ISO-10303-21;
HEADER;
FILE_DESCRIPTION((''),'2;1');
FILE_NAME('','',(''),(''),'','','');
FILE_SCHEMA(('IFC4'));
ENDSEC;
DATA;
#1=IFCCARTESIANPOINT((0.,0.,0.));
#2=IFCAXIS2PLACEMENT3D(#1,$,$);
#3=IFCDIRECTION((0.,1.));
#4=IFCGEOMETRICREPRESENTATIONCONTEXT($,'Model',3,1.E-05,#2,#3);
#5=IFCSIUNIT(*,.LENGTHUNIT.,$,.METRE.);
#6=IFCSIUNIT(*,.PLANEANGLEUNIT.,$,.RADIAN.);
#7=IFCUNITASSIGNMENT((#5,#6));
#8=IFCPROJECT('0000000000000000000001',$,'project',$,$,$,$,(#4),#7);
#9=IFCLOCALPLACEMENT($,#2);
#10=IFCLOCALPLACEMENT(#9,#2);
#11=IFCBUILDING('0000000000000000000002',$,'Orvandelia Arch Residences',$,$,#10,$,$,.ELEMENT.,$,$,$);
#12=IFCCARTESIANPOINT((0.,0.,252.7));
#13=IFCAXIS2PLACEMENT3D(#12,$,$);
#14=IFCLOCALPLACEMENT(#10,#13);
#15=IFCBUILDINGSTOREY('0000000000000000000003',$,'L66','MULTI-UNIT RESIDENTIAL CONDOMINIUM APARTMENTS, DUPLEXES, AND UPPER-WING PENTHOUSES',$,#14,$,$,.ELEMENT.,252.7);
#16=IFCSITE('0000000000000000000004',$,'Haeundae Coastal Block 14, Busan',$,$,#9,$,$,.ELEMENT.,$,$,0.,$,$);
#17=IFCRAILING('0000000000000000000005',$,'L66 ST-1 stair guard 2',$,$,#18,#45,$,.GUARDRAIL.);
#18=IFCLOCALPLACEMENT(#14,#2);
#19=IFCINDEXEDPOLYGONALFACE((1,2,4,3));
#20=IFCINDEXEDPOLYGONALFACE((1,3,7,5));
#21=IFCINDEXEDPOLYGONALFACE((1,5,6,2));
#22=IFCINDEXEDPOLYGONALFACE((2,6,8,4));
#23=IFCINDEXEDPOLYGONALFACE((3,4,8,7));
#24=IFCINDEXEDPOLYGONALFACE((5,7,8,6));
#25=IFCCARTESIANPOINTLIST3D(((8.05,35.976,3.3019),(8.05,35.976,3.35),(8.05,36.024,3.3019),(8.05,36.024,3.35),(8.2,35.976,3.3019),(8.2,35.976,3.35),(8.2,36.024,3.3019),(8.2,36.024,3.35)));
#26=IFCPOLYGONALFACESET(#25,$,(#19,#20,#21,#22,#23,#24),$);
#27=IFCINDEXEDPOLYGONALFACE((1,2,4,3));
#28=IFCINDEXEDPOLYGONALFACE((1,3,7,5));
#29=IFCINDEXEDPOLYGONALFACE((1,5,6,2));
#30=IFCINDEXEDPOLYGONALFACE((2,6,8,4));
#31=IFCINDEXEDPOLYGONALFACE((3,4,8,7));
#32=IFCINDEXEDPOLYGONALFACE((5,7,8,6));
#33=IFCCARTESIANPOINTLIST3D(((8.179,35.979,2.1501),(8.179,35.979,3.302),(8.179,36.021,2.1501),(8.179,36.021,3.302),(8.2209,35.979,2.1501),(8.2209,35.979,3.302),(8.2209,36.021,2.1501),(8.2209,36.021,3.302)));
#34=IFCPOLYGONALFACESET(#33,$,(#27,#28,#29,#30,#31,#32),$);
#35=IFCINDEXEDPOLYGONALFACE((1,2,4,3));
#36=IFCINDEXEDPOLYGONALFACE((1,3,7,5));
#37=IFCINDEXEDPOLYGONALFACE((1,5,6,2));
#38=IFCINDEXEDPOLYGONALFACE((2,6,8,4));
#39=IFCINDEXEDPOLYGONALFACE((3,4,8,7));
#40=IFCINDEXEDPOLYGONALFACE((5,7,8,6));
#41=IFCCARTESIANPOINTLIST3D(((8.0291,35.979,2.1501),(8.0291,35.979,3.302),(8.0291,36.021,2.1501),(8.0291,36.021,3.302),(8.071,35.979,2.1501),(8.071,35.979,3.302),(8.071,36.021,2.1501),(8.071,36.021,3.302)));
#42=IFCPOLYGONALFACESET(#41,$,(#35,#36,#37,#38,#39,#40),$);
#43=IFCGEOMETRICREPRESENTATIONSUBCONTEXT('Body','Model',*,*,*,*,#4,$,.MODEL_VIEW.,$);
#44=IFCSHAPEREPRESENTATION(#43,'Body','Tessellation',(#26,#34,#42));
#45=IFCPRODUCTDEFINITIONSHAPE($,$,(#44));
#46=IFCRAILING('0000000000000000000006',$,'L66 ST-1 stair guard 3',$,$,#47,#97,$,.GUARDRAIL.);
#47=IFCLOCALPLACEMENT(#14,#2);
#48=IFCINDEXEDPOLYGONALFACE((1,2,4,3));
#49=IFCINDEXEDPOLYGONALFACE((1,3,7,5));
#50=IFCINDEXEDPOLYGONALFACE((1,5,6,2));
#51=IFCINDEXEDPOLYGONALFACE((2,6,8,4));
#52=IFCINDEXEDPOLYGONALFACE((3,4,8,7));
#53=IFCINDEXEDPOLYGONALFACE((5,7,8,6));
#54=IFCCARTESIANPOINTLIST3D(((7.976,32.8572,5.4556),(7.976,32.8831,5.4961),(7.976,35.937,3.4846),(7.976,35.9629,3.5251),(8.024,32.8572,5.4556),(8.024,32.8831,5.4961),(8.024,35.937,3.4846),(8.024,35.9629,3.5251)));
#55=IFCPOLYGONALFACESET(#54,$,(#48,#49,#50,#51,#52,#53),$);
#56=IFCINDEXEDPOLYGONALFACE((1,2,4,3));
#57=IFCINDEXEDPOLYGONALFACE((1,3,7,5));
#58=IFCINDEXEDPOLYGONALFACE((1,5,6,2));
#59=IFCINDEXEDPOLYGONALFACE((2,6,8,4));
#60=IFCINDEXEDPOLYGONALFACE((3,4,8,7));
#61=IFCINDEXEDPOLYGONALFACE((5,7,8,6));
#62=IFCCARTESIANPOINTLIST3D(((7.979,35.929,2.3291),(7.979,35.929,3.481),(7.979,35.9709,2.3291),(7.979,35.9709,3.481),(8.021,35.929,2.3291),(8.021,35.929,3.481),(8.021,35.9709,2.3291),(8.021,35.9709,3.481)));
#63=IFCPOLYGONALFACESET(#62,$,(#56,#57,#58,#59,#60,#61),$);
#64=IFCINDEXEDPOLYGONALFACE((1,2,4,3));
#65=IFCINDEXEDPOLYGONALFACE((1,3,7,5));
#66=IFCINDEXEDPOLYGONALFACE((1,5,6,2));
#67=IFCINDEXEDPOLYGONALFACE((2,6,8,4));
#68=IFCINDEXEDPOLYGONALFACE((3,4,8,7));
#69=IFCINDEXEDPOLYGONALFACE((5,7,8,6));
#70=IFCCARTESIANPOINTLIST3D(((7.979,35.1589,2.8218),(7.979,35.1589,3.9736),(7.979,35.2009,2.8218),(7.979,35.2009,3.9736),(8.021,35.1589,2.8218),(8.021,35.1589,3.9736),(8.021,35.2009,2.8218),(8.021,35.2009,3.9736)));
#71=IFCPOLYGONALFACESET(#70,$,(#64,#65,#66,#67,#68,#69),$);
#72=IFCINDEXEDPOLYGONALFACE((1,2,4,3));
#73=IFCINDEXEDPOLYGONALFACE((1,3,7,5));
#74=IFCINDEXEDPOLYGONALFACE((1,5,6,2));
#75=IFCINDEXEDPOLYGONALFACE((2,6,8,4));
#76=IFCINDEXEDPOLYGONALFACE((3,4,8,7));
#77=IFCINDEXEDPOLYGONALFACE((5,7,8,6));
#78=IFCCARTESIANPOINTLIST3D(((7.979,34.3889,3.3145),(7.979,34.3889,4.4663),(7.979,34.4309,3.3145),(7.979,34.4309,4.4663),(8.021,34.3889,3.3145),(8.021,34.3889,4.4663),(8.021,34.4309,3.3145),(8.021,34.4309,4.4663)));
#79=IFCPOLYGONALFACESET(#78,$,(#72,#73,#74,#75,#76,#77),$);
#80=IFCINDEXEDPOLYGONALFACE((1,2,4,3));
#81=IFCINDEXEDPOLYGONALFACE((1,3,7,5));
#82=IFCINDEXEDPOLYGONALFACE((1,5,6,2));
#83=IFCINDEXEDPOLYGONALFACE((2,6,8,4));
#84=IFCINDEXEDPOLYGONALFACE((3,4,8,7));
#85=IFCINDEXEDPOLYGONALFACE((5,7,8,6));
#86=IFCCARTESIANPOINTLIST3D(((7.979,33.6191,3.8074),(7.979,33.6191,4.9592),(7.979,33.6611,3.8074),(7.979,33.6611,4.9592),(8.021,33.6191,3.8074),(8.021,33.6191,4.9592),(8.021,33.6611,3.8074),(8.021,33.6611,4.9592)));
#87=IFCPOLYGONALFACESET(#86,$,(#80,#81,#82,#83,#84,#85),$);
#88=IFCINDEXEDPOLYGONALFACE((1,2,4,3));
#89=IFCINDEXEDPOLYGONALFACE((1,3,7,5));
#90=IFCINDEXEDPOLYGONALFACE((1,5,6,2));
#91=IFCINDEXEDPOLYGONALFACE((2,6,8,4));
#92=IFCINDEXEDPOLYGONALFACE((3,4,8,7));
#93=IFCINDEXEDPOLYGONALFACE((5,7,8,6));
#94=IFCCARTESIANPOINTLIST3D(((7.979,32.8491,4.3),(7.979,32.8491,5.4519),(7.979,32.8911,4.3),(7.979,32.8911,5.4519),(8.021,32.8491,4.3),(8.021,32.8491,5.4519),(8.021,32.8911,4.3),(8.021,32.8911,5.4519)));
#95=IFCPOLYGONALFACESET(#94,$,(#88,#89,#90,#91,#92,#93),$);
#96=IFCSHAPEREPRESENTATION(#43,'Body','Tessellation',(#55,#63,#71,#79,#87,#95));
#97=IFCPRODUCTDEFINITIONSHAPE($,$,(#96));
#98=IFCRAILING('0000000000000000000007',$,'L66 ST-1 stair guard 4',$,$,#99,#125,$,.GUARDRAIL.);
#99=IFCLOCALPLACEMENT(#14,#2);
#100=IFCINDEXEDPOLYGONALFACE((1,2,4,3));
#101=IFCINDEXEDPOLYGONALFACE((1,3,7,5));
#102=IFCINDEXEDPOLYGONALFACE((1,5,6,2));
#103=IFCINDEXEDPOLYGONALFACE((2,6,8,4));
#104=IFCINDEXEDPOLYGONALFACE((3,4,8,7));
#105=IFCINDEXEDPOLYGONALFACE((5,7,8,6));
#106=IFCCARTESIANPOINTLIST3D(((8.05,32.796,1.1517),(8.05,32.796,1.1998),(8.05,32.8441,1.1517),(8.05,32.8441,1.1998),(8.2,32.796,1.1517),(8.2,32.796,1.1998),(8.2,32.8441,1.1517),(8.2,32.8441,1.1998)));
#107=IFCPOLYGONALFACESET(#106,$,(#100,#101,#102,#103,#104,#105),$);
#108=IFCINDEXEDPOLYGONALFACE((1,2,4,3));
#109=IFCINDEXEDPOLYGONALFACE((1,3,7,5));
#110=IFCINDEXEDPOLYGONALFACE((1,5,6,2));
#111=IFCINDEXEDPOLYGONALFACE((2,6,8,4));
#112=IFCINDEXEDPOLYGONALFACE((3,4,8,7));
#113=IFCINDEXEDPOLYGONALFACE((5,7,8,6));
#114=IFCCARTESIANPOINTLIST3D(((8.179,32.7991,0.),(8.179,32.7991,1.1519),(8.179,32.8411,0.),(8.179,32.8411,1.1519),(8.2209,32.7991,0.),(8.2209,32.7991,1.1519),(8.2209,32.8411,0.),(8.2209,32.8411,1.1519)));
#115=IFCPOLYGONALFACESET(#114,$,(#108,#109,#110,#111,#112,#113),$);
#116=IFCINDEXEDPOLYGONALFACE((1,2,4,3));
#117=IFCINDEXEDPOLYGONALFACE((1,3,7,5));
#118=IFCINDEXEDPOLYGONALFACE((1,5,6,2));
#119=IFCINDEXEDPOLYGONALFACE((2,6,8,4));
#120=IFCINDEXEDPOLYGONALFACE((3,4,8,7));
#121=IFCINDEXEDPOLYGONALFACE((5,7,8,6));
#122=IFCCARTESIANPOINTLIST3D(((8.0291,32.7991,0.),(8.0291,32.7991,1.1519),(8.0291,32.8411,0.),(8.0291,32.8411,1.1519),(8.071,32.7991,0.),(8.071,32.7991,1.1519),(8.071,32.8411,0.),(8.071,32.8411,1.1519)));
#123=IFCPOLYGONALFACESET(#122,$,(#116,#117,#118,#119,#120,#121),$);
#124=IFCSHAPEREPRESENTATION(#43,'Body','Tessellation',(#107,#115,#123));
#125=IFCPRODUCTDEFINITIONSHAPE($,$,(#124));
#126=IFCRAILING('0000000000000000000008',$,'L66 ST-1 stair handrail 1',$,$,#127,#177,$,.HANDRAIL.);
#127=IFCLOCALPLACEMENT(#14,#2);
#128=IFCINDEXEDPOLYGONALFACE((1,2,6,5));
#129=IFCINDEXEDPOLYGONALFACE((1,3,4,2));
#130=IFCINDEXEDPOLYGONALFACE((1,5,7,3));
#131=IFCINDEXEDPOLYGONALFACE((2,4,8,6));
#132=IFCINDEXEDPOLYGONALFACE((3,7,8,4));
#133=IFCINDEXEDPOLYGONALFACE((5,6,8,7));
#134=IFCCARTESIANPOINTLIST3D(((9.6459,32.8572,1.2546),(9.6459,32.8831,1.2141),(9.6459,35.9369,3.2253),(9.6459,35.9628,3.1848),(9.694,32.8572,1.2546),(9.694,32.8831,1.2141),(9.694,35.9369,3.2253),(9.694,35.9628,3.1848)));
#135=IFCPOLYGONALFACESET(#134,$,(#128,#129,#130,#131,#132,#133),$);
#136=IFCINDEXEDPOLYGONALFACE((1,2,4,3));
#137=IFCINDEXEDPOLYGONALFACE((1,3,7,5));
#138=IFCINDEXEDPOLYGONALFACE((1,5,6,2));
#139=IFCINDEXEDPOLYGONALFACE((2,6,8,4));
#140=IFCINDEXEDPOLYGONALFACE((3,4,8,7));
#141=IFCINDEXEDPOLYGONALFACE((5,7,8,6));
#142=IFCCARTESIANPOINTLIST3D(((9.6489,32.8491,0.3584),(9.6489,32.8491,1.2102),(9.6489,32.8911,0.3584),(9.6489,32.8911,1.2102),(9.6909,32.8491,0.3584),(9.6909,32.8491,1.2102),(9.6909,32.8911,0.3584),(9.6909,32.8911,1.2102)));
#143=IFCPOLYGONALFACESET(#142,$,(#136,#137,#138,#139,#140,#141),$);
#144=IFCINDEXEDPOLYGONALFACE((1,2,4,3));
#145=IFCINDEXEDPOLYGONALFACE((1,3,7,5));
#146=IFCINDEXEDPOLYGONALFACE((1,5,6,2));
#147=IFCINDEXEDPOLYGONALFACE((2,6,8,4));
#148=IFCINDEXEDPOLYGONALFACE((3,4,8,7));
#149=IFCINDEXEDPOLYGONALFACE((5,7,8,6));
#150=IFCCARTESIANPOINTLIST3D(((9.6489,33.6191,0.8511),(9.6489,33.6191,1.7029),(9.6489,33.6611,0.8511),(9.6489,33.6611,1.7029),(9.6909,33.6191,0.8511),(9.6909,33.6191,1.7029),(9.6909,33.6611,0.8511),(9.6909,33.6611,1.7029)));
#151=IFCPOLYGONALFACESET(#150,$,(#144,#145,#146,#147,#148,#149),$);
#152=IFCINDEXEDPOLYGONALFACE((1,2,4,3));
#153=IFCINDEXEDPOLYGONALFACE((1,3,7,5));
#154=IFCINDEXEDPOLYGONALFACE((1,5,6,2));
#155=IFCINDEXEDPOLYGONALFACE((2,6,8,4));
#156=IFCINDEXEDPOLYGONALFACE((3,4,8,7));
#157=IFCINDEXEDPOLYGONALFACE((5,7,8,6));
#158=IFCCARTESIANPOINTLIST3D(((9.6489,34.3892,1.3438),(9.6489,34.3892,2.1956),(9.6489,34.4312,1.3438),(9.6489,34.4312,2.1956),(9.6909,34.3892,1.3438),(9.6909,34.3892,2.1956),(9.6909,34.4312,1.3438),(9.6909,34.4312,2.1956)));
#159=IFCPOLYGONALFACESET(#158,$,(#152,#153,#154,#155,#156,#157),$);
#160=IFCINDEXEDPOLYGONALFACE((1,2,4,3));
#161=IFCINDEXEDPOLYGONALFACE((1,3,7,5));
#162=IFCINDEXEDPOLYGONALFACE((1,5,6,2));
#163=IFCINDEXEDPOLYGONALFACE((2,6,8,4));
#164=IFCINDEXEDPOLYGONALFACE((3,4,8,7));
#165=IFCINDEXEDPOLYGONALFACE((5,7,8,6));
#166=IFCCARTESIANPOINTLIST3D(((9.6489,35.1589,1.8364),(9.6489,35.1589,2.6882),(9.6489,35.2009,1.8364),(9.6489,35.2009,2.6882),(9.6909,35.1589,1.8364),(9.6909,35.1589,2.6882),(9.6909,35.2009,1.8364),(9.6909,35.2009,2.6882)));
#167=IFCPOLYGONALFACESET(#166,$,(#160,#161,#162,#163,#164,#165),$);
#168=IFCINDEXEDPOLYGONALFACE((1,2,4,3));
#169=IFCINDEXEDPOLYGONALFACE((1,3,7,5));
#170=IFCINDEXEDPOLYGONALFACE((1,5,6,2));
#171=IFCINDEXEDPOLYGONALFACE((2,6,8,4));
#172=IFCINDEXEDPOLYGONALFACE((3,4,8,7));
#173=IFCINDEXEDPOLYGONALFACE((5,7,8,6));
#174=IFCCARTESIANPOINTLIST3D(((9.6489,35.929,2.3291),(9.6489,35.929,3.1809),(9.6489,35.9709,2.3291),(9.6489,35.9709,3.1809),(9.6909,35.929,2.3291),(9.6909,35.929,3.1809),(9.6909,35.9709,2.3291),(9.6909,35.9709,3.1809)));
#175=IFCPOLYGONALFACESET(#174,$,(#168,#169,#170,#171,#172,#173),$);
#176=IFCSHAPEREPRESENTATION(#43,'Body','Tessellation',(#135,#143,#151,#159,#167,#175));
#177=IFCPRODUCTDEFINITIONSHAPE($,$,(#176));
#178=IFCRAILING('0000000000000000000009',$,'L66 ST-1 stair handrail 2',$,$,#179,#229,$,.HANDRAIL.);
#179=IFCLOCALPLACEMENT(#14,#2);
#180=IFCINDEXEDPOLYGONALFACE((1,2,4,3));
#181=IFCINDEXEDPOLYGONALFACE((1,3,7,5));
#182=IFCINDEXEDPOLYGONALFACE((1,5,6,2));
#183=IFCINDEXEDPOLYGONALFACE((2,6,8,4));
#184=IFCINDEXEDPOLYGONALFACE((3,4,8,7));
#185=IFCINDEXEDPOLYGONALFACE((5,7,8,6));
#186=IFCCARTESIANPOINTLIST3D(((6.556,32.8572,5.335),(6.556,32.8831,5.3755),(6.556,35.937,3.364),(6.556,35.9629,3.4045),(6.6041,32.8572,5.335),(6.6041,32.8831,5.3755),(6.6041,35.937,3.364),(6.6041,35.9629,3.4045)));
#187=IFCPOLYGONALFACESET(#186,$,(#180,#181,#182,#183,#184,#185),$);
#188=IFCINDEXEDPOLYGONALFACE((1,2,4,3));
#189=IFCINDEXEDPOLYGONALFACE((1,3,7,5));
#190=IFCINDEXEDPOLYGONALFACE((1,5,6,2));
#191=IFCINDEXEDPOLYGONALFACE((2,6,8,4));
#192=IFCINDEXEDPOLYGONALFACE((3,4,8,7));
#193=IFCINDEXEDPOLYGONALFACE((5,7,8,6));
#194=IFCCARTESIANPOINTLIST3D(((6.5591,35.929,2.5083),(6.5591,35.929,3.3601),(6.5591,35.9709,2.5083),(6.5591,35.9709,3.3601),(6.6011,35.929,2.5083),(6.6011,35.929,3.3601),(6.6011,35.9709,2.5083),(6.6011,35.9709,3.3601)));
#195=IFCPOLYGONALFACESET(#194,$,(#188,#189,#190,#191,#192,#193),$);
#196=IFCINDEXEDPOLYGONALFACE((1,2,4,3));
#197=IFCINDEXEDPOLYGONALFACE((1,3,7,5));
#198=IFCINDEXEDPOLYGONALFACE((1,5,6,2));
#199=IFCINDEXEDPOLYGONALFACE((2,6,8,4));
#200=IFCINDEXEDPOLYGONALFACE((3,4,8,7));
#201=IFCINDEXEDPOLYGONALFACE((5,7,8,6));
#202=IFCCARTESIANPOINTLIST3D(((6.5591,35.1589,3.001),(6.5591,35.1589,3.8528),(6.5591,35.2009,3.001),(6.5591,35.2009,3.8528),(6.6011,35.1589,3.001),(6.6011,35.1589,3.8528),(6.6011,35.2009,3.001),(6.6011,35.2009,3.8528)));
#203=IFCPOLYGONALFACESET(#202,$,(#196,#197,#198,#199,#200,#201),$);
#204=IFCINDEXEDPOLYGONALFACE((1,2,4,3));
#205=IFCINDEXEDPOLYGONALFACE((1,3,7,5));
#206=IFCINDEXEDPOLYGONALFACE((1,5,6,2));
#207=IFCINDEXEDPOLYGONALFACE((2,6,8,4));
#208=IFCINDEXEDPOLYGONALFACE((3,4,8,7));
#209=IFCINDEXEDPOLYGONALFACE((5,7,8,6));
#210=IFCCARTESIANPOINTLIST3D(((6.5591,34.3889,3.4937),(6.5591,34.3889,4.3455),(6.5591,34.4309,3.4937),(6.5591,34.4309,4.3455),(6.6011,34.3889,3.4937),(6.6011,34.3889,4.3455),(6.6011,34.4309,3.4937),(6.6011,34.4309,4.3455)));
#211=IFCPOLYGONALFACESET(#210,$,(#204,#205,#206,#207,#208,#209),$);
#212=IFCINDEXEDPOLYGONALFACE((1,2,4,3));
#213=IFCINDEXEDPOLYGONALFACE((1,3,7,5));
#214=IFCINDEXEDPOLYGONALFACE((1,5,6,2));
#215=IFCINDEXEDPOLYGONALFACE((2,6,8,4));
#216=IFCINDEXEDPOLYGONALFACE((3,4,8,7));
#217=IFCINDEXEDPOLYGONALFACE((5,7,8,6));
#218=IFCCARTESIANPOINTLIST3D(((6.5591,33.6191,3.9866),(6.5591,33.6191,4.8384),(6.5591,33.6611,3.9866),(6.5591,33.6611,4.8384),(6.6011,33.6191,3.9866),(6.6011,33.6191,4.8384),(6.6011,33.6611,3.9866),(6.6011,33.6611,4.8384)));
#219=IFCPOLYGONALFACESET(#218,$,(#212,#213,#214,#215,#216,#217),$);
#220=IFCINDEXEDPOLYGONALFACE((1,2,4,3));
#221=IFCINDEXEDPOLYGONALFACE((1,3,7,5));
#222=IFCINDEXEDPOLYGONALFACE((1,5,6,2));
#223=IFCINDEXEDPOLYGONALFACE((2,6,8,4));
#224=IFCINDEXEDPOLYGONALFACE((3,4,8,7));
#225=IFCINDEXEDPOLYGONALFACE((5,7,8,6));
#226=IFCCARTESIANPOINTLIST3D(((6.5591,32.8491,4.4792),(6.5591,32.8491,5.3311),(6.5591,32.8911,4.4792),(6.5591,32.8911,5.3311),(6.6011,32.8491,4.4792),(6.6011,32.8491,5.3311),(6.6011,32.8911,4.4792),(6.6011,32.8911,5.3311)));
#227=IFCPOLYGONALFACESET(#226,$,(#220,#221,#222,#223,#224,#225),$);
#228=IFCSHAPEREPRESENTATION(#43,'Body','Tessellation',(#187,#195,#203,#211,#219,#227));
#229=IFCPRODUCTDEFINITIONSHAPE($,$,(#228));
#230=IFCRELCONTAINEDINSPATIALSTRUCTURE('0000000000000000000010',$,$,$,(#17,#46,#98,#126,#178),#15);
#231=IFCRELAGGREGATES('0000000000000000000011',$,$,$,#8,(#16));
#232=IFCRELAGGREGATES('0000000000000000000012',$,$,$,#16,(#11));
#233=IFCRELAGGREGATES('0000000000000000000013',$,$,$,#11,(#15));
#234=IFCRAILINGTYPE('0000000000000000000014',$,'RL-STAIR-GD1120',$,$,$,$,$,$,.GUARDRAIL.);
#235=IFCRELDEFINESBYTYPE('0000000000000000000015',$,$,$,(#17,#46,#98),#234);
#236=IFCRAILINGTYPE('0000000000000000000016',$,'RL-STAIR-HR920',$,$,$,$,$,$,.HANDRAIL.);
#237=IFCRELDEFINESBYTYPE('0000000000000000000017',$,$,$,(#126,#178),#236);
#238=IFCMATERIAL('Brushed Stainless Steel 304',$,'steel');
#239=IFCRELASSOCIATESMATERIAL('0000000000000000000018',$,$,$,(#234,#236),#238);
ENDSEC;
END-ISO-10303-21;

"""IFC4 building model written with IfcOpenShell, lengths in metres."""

from ifc_helpers import new_model, si_unit, direction, frame, origin, origin_2d, place, context, subcontext, project, spatial, rectangle, extrude, material, type_object, element, save


model = new_model("IFC4")

# Units and contexts
model_context = context("Model", 3, precision=1e-05, world=origin(), true_north=direction((0.0, 1.0)))
body_context = subcontext(model_context, "Body", "Model", "MODEL_VIEW")
ifc_project = project(units=[si_unit("LENGTHUNIT", "METRE"), si_unit("PLANEANGLEUNIT", "RADIAN")], contexts=[model_context])

# Site, building, storey
site_placement = place(None, origin())
site = spatial("IfcSite", under=ifc_project, at=site_placement, Name="Haeundae Coastal Block 14, Busan", CompositionType="ELEMENT", RefElevation=0.0)
building_placement = place(site_placement, origin())
building = spatial("IfcBuilding", under=site, at=building_placement, Name="Orvandelia Arch Residences", CompositionType="ELEMENT")
storey_placement = place(building_placement, frame((0.0, 0.0, 252.7)))
storey = spatial("IfcBuildingStorey", under=building, at=storey_placement, Name="L66", Description="MULTI-UNIT RESIDENTIAL CONDOMINIUM APARTMENTS, DUPLEXES, AND UPPER-WING PENTHOUSES", CompositionType="ELEMENT", Elevation=252.7)

# Railings
ifc_material_1 = material(Name="Brushed Stainless Steel 304", Category="steel")
railing_type_1 = type_object("IfcRailingType", Name="RL-STAIR-GD1120", PredefinedType="GUARDRAIL", material=ifc_material_1)
railing_1_placement = place(storey_placement, frame((8.2, 36.0, 2.1501)))
element("IfcRailing", 1, at=railing_1_placement, inside=storey, type_object=railing_type_1, Name="L66 ST-1 stair guard 2", PredefinedType="GUARDRAIL", context=body_context, shape_type="SweptSolid", body=[
    extrude(rectangle(XDim=0.0481, YDim=0.0481, at=origin_2d()), frame((0.0, 0.0, 1.1758), z_axis=(-1.0, 0.0, 0.0), x_axis=(0.0, -1.0, 0.0)), (0.0, 0.0, 1.0), 0.1499),
    extrude(rectangle(XDim=0.042, YDim=0.042, at=origin_2d()), origin(), (0.0, 0.0, 1.0), 1.1519),
    extrude(rectangle(XDim=0.042, YDim=0.042, at=origin_2d()), frame((-0.1499, 0.0, 0.0)), (0.0, 0.0, 1.0), 1.1519),
])
railing_2_placement = place(storey_placement, frame((8.0, 35.95, 2.3291)))
element("IfcRailing", 2, at=railing_2_placement, inside=storey, type_object=railing_type_1, Name="L66 ST-1 stair guard 3", PredefinedType="GUARDRAIL", context=body_context, shape_type="SweptSolid", body=[
    extrude(rectangle(XDim=0.0481, YDim=0.0481, at=origin_2d()), frame((0.0, 0.0, 1.1758), z_axis=(0.0, -0.84229, 0.539025), x_axis=(1.0, 0.0, 0.0)), (0.0, 0.0, 1.0), 3.6565),
    extrude(rectangle(XDim=0.042, YDim=0.042, at=origin_2d()), origin(), (0.0, 0.0, 1.0), 1.1519),
    extrude(rectangle(XDim=0.042, YDim=0.042, at=origin_2d()), frame((0.0, -0.77, 0.4927)), (0.0, 0.0, 1.0), 1.1519),
    extrude(rectangle(XDim=0.042, YDim=0.042, at=origin_2d()), frame((0.0, -1.54, 0.9854)), (0.0, 0.0, 1.0), 1.1519),
    extrude(rectangle(XDim=0.042, YDim=0.042, at=origin_2d()), frame((0.0, -2.3098, 1.4783)), (0.0, 0.0, 1.0), 1.1519),
    extrude(rectangle(XDim=0.042, YDim=0.042, at=origin_2d()), frame((0.0, -3.0798, 1.9709)), (0.0, 0.0, 1.0), 1.1519),
])
railing_3_placement = place(storey_placement, frame((8.2, 32.8201, 0.0)))
element("IfcRailing", 3, at=railing_3_placement, inside=storey, type_object=railing_type_1, Name="L66 ST-1 stair guard 4", PredefinedType="GUARDRAIL", context=body_context, shape_type="SweptSolid", body=[
    extrude(rectangle(XDim=0.0481, YDim=0.0481, at=origin_2d()), frame((0.0, 0.0, 1.1758), z_axis=(-1.0, 0.0, 0.0), x_axis=(0.0, -1.0, 0.0)), (0.0, 0.0, 1.0), 0.1499),
    extrude(rectangle(XDim=0.042, YDim=0.042, at=origin_2d()), origin(), (0.0, 0.0, 1.0), 1.1519),
    extrude(rectangle(XDim=0.042, YDim=0.042, at=origin_2d()), frame((-0.1499, 0.0, 0.0)), (0.0, 0.0, 1.0), 1.1519),
])
railing_type_2 = type_object("IfcRailingType", Name="RL-STAIR-HR920", PredefinedType="HANDRAIL", material=ifc_material_1)
railing_4_placement = place(storey_placement, frame((9.6699, 32.8701, 0.3584)))
element("IfcRailing", 4, at=railing_4_placement, inside=storey, type_object=railing_type_2, Name="L66 ST-1 stair handrail 1", PredefinedType="HANDRAIL", context=body_context, shape_type="SweptSolid", body=[
    extrude(rectangle(XDim=0.0481, YDim=0.0481, at=origin_2d()), frame((0.0, 0.0, 0.876), z_axis=(0.0, 0.84232, 0.538978), x_axis=(-1.0, 0.0, 0.0)), (0.0, 0.0, 1.0), 3.6562),
    extrude(rectangle(XDim=0.042, YDim=0.042, at=origin_2d()), origin(), (0.0, 0.0, 1.0), 0.8518),
    extrude(rectangle(XDim=0.042, YDim=0.042, at=origin_2d()), frame((0.0, 0.77, 0.4927)), (0.0, 0.0, 1.0), 0.8518),
    extrude(rectangle(XDim=0.042, YDim=0.042, at=origin_2d()), frame((0.0, 1.54, 0.9854)), (0.0, 0.0, 1.0), 0.8518),
    extrude(rectangle(XDim=0.042, YDim=0.042, at=origin_2d()), frame((0.0, 2.3098, 1.478)), (0.0, 0.0, 1.0), 0.8518),
    extrude(rectangle(XDim=0.042, YDim=0.042, at=origin_2d()), frame((0.0, 3.0798, 1.9707)), (0.0, 0.0, 1.0), 0.8518),
])
railing_5_placement = place(storey_placement, frame((6.5801, 35.95, 2.5083)))
element("IfcRailing", 5, at=railing_5_placement, inside=storey, type_object=railing_type_2, Name="L66 ST-1 stair handrail 2", PredefinedType="HANDRAIL", context=body_context, shape_type="SweptSolid", body=[
    extrude(rectangle(XDim=0.0481, YDim=0.0481, at=origin_2d()), frame((0.0, 0.0, 0.876), z_axis=(0.0, -0.84229, 0.539025), x_axis=(1.0, 0.0, 0.0)), (0.0, 0.0, 1.0), 3.6565),
    extrude(rectangle(XDim=0.042, YDim=0.042, at=origin_2d()), origin(), (0.0, 0.0, 1.0), 0.8518),
    extrude(rectangle(XDim=0.042, YDim=0.042, at=origin_2d()), frame((0.0, -0.77, 0.4927)), (0.0, 0.0, 1.0), 0.8518),
    extrude(rectangle(XDim=0.042, YDim=0.042, at=origin_2d()), frame((0.0, -1.54, 0.9854)), (0.0, 0.0, 1.0), 0.8518),
    extrude(rectangle(XDim=0.042, YDim=0.042, at=origin_2d()), frame((0.0, -2.3098, 1.4783)), (0.0, 0.0, 1.0), 0.8518),
    extrude(rectangle(XDim=0.042, YDim=0.042, at=origin_2d()), frame((0.0, -3.0798, 1.9709)), (0.0, 0.0, 1.0), 0.8518),
])

save(model, "model.ifc")
